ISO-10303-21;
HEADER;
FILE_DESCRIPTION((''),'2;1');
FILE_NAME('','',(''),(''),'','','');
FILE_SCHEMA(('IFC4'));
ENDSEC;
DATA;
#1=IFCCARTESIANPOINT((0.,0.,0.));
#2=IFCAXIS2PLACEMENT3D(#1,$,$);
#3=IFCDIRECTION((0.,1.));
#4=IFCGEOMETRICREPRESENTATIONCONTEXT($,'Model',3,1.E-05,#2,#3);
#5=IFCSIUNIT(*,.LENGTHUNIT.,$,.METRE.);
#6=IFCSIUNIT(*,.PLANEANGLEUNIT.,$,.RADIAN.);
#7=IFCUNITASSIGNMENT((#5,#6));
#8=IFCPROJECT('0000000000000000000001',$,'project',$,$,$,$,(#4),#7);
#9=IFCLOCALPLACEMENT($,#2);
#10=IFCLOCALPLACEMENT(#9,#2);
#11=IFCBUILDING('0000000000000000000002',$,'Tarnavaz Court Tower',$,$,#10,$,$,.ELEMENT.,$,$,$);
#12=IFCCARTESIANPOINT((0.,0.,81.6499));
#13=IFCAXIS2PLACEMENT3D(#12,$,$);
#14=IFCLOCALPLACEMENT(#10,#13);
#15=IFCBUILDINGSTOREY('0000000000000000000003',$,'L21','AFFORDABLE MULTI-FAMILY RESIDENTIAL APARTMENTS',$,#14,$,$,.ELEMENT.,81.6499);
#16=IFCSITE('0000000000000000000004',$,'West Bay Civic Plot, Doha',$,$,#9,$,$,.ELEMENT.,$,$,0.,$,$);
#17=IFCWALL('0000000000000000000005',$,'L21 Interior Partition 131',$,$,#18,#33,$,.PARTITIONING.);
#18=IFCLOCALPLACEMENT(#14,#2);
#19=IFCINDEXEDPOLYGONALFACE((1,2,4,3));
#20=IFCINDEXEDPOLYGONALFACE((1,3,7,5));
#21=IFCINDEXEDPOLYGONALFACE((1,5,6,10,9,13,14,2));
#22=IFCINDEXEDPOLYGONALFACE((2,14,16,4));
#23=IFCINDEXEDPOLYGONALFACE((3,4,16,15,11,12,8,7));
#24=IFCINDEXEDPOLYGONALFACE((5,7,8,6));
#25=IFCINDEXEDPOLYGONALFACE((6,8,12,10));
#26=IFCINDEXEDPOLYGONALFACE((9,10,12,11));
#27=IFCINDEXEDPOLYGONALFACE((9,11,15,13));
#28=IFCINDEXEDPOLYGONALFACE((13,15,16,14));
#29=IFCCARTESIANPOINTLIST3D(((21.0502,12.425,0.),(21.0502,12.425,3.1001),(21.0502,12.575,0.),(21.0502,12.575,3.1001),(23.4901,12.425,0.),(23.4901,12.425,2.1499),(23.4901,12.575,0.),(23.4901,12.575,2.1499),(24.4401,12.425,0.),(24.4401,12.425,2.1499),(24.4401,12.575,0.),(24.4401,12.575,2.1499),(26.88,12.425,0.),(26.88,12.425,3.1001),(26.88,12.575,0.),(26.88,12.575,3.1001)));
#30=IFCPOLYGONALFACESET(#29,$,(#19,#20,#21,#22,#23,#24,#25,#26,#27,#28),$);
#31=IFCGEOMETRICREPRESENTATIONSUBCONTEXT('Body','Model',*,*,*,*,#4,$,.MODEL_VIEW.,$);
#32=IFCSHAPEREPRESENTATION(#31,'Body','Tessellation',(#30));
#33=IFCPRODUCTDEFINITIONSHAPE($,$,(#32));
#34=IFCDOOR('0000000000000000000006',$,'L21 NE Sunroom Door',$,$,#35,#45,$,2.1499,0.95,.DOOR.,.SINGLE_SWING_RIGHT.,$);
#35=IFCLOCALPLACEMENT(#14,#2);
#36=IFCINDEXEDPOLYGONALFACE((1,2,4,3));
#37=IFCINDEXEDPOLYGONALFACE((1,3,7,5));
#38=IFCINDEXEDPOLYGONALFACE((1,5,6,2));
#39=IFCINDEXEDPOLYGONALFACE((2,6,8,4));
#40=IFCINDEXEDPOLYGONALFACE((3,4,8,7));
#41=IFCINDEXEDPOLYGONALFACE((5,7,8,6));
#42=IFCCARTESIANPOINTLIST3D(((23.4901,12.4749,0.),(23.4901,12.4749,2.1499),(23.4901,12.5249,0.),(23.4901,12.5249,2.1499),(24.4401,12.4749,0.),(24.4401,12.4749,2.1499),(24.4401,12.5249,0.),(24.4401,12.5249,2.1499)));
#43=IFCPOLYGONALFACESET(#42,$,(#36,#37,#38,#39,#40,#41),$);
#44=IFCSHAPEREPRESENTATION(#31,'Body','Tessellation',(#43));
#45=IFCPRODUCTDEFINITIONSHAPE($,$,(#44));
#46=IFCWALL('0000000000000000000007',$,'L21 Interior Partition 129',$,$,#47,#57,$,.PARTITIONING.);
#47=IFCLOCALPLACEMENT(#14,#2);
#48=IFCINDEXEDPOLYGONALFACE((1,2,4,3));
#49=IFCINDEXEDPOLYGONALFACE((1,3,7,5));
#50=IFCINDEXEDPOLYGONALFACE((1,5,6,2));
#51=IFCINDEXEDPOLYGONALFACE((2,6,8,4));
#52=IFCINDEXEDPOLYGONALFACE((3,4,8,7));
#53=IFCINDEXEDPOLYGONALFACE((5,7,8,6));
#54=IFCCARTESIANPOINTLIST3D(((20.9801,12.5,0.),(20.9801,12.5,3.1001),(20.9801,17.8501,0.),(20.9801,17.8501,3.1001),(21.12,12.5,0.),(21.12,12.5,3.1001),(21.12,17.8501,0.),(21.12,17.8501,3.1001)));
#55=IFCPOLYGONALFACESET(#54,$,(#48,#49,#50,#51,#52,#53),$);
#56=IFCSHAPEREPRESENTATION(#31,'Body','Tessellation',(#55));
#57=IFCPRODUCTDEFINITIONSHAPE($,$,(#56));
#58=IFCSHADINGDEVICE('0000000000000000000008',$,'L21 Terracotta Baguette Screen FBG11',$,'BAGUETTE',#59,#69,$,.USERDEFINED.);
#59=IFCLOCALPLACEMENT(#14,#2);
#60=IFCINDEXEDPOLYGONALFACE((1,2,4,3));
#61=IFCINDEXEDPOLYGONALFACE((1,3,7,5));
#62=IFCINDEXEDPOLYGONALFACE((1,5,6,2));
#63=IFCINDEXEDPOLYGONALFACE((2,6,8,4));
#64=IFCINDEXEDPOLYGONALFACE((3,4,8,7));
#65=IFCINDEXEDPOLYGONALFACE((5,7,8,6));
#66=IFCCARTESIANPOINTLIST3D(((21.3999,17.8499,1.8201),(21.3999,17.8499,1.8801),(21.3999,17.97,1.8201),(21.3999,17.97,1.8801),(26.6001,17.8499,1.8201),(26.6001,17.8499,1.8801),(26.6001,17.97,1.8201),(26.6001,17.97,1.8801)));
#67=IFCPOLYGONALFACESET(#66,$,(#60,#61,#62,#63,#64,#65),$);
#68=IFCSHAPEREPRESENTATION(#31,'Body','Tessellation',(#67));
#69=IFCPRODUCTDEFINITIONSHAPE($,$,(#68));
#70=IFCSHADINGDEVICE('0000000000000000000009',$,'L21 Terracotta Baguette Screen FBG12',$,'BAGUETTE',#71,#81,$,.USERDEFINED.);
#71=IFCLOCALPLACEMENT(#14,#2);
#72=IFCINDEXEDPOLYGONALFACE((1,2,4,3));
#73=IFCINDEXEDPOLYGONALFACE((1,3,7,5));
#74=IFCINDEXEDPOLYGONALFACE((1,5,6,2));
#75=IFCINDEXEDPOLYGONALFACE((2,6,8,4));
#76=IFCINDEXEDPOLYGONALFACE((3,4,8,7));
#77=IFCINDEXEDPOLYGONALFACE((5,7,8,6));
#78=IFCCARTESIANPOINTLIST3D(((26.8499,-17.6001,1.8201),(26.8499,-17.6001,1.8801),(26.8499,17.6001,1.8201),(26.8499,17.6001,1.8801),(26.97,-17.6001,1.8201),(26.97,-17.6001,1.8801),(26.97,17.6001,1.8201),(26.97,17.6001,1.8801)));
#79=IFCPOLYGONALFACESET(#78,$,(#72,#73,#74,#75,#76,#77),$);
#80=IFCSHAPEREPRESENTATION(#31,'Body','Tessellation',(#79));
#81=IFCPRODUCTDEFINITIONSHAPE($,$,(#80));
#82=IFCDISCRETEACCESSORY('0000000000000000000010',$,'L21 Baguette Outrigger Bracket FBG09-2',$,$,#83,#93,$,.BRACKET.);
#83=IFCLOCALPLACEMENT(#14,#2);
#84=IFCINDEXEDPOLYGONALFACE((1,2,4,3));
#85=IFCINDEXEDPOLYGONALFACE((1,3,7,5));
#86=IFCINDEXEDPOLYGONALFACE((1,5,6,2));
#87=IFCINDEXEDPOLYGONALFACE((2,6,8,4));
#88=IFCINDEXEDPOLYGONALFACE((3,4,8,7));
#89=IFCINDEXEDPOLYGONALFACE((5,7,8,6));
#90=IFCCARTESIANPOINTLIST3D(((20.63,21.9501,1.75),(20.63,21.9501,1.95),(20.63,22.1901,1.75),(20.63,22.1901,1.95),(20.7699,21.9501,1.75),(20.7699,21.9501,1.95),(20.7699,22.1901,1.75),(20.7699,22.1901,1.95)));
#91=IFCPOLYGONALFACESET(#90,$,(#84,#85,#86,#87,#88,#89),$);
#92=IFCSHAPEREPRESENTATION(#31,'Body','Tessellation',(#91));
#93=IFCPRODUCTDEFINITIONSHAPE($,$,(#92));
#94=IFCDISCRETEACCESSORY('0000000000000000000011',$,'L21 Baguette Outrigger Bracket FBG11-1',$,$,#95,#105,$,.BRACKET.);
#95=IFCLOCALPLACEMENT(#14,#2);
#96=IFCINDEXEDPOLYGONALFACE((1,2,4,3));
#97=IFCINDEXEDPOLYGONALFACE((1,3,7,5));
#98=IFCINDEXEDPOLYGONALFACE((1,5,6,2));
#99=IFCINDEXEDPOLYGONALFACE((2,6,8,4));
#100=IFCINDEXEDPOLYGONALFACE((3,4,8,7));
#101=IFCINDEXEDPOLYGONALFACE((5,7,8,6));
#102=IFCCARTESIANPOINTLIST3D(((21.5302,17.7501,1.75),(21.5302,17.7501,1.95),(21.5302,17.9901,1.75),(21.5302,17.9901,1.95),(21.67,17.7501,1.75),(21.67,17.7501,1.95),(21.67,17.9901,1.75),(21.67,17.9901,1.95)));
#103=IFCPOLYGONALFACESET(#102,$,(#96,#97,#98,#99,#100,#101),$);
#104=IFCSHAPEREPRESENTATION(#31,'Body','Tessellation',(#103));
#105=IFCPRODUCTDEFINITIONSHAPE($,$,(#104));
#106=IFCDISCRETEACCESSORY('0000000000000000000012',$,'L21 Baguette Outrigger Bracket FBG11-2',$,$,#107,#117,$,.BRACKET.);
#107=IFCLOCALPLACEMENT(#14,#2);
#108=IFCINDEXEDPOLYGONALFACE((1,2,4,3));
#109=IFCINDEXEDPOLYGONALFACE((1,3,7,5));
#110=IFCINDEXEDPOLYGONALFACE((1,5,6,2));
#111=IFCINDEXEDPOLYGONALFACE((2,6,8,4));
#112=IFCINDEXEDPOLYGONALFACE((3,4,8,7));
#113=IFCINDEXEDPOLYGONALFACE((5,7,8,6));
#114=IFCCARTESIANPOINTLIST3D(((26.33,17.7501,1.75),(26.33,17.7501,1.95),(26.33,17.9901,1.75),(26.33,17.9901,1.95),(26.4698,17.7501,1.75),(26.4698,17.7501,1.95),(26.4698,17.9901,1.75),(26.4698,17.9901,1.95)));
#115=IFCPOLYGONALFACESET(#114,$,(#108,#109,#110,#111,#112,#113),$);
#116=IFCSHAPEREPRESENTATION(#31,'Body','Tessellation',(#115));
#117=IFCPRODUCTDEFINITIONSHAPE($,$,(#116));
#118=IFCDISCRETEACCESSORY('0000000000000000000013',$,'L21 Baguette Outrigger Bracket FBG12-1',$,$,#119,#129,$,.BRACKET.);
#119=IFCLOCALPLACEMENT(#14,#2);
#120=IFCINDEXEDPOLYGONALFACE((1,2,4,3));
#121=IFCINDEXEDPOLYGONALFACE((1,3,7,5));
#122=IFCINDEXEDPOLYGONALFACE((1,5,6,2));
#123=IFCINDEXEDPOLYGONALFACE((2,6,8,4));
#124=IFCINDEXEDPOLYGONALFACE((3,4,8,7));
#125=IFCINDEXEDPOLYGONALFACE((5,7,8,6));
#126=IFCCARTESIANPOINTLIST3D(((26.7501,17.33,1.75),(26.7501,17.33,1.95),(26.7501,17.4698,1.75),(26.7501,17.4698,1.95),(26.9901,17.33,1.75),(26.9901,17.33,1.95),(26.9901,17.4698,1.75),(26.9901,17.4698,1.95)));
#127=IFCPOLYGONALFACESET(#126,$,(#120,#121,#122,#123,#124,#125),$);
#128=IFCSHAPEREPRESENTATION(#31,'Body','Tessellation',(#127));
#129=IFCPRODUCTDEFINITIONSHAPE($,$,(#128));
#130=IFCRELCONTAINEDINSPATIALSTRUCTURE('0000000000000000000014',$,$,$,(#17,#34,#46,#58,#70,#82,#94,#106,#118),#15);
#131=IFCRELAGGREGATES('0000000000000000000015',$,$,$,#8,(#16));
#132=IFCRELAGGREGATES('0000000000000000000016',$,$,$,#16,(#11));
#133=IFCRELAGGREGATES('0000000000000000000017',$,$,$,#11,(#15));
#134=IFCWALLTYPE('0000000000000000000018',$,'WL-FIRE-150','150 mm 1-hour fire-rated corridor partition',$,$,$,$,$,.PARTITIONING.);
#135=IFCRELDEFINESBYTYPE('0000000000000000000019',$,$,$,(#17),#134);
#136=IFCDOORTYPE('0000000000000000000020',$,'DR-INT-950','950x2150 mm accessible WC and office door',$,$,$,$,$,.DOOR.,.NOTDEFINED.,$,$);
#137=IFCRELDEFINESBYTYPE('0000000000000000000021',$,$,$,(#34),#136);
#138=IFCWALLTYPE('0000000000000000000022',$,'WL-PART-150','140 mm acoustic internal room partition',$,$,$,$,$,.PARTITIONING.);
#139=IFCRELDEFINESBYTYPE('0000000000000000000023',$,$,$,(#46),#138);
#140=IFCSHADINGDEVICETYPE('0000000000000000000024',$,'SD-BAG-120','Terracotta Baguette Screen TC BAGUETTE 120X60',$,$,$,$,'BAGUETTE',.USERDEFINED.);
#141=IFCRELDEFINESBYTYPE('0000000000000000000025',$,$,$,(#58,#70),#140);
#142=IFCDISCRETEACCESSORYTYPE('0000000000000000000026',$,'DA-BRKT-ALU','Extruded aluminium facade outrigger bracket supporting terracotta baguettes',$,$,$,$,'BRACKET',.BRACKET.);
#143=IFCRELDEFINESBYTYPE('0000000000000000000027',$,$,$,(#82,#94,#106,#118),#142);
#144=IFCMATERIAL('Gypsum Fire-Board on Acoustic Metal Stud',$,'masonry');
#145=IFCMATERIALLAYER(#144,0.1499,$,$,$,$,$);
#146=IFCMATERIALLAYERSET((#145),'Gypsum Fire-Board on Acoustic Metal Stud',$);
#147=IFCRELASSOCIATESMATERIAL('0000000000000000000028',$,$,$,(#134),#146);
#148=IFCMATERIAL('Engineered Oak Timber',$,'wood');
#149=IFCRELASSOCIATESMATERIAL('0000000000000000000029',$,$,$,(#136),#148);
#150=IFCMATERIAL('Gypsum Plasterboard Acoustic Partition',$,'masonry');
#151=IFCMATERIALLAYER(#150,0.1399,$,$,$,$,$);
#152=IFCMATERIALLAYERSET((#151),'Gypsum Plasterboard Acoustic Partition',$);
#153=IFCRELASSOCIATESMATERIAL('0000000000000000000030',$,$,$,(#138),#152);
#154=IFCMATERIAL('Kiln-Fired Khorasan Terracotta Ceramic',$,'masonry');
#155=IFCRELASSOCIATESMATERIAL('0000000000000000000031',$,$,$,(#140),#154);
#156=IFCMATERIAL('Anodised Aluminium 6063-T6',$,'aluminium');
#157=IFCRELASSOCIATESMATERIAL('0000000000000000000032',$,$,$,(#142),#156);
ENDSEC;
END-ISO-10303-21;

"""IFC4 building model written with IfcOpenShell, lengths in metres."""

from ifc_helpers import new_model, si_unit, direction, frame, frame_2d, origin, origin_2d, place, context, subcontext, project, spatial, rectangle, extrude, material, layer, layer_set, material_profile, profile_set, type_object, element, fill, save


model = new_model("IFC4")

# Units and contexts
model_context = context("Model", 3, precision=1e-05, world=origin(), true_north=direction((0.0, 1.0)))
body_context = subcontext(model_context, "Body", "Model", "MODEL_VIEW")
ifc_project = project(units=[si_unit("LENGTHUNIT", "METRE"), si_unit("PLANEANGLEUNIT", "RADIAN")], contexts=[model_context])

# Site, building, storey
site_placement = place(None, origin())
site = spatial("IfcSite", under=ifc_project, at=site_placement, Name="West Bay Civic Plot, Doha", CompositionType="ELEMENT", RefElevation=0.0)
building_placement = place(site_placement, origin())
building = spatial("IfcBuilding", under=site, at=building_placement, Name="Tarnavaz Court Tower", CompositionType="ELEMENT")
storey_placement = place(building_placement, frame((0.0, 0.0, 81.6499)))
storey = spatial("IfcBuildingStorey", under=building, at=storey_placement, Name="L21", Description="AFFORDABLE MULTI-FAMILY RESIDENTIAL APARTMENTS", CompositionType="ELEMENT", Elevation=81.6499)

# Wall, opening, door
ifc_material_1 = material(Name="Gypsum Fire-Board on Acoustic Metal Stud", Category="masonry")
ifc_layer_1 = layer(ifc_material_1, 0.1499)
ifc_layer_set_1 = layer_set([ifc_layer_1], Name="Gypsum Fire-Board on Acoustic Metal Stud")
wall_type_1 = type_object("IfcWallType", Name="WL-FIRE-150", Description="150 mm 1-hour fire-rated corridor partition", PredefinedType="PARTITIONING", material=ifc_layer_set_1)
wall_1_placement = place(storey_placement, frame((21.05, 12.5, 0.0), z_axis=(0.0, 0.0, 1.0), x_axis=(1.0, 0.0, 0.0)))
wall_1 = element("IfcWall", 1, at=wall_1_placement, inside=storey, type_object=wall_type_1, Name="L21 Interior Partition 131", PredefinedType="PARTITIONING", context=body_context, shape_type="SweptSolid", body=[
    extrude(rectangle(XDim=5.8298, YDim=0.1499, at=frame_2d((2.915, 0.0))), origin(), (0.0, 0.0, 1.0), 3.1001),
])
opening_1_placement = place(wall_1_placement, frame((2.4399, 0.0, 0.0)))
opening_1 = element("IfcOpeningElement", 2, at=opening_1_placement, cuts=wall_1, PredefinedType="OPENING", context=body_context, shape_type="SweptSolid", body=[
    extrude(rectangle(XDim=0.95, YDim=2.1499, at=frame_2d((0.4751, 1.075))), frame((0.0, 0.085, 0.0), z_axis=(0.0, -1.0, 0.0), x_axis=(1.0, 0.0, 0.0)), (0.0, 0.0, 1.0), 0.1699),
])
ifc_material_2 = material(Name="Engineered Oak Timber", Category="wood")
door_type = type_object("IfcDoorType", Name="DR-INT-950", Description="950x2150 mm accessible WC and office door", OperationType="NOTDEFINED", PredefinedType="DOOR", material=ifc_material_2)
door_placement = place(opening_1_placement, origin())
door = element("IfcDoor", 3, at=door_placement, inside=storey, type_object=door_type, Name="L21 NE Sunroom Door", OperationType="SINGLE_SWING_RIGHT", OverallHeight=2.1499, OverallWidth=0.95, PredefinedType="DOOR", context=body_context, shape_type="SweptSolid", body=[
    extrude(rectangle(XDim=0.95, YDim=2.1499, at=frame_2d((0.4751, 1.075))), frame((0.0, 0.0249, 0.0), z_axis=(0.0, -1.0, 0.0), x_axis=(1.0, 0.0, 0.0)), (0.0, 0.0, 1.0), 0.05),
])
fill(opening_1, door)

# Wall
ifc_material_3 = material(Name="Gypsum Plasterboard Acoustic Partition", Category="masonry")
ifc_layer_2 = layer(ifc_material_3, 0.1399)
ifc_layer_set_2 = layer_set([ifc_layer_2], Name="Gypsum Plasterboard Acoustic Partition")
wall_type_2 = type_object("IfcWallType", Name="WL-PART-150", Description="140 mm acoustic internal room partition", PredefinedType="PARTITIONING", material=ifc_layer_set_2)
wall_2_placement = place(storey_placement, frame((21.05, 12.5, 0.0), z_axis=(0.0, 0.0, 1.0), x_axis=(0.0, 1.0, 0.0)))
element("IfcWall", 4, at=wall_2_placement, inside=storey, type_object=wall_type_2, Name="L21 Interior Partition 129", PredefinedType="PARTITIONING", context=body_context, shape_type="SweptSolid", body=[
    extrude(rectangle(XDim=5.3501, YDim=0.1399, at=frame_2d((2.675, 0.0))), origin(), (0.0, 0.0, 1.0), 3.1001),
])

# Shading devices
ifc_material_4 = material(Name="Kiln-Fired Khorasan Terracotta Ceramic", Category="masonry")
ifc_material_profile_1 = material_profile(ifc_material_4, rectangle(XDim=0.1201, YDim=0.0601, at=origin_2d()), Name="TC BAGUETTE 120X60")
ifc_profile_set_1 = profile_set([ifc_material_profile_1], Name="Kiln-Fired Khorasan Terracotta Ceramic")
shading_device_type = type_object("IfcShadingDeviceType", Name="SD-BAG-120", Description="Terracotta Baguette Screen TC BAGUETTE 120X60", ElementType="BAGUETTE", PredefinedType="USERDEFINED", material=ifc_profile_set_1)
shading_device_1_placement = place(storey_placement, frame((21.3999, 17.9099, 1.8501), z_axis=(1.0, 0.0, 0.0), x_axis=(0.0, 1.0, 0.0)))
element("IfcShadingDevice", 5, at=shading_device_1_placement, inside=storey, type_object=shading_device_type, Name="L21 Terracotta Baguette Screen FBG11", ObjectType="BAGUETTE", PredefinedType="USERDEFINED", context=body_context, shape_type="SweptSolid", body=[
    extrude(rectangle(XDim=0.1201, YDim=0.0601, at=origin_2d()), origin(), (0.0, 0.0, 1.0), 5.2002),
])
shading_device_2_placement = place(storey_placement, frame((26.9099, 17.6001, 1.8501), z_axis=(0.0, -1.0, 0.0), x_axis=(1.0, 0.0, 0.0)))
element("IfcShadingDevice", 6, at=shading_device_2_placement, inside=storey, type_object=shading_device_type, Name="L21 Terracotta Baguette Screen FBG12", ObjectType="BAGUETTE", PredefinedType="USERDEFINED", context=body_context, shape_type="SweptSolid", body=[
    extrude(rectangle(XDim=0.1201, YDim=0.0601, at=origin_2d()), origin(), (0.0, 0.0, 1.0), 35.2002),
])

# Discrete accessories
ifc_material_5 = material(Name="Anodised Aluminium 6063-T6", Category="aluminium")
discrete_accessory_type = type_object("IfcDiscreteAccessoryType", Name="DA-BRKT-ALU", Description="Extruded aluminium facade outrigger bracket supporting terracotta baguettes", ElementType="BRACKET", PredefinedType="BRACKET", material=ifc_material_5)
for number, where, z_axis, x_axis, name in (
    (7, (20.7, 22.0701, 1.75), (0.0, 0.0, 1.0), (1.0, 0.0, 0.0), "L21 Baguette Outrigger Bracket FBG09-2"),
    (8, (21.6001, 17.8701, 1.75), (0.0, 0.0, 1.0), (1.0, 0.0, 0.0), "L21 Baguette Outrigger Bracket FBG11-1"),
    (9, (26.3999, 17.8701, 1.75), (0.0, 0.0, 1.0), (1.0, 0.0, 0.0), "L21 Baguette Outrigger Bracket FBG11-2"),
    (10, (26.8701, 17.3999, 1.75), (0.0, 0.0, 1.0), (0.0, -1.0, 0.0), "L21 Baguette Outrigger Bracket FBG12-1"),
):
    element("IfcDiscreteAccessory", number, at=place(storey_placement, frame(where, z_axis=z_axis, x_axis=x_axis)), inside=storey, type_object=discrete_accessory_type, Name=name, PredefinedType="BRACKET", context=body_context, shape_type="SweptSolid", body=[
        extrude(rectangle(XDim=0.1399, YDim=0.24, at=origin_2d()), origin(), (0.0, 0.0, 1.0), 0.2),
    ])

save(model, "model.ifc")
